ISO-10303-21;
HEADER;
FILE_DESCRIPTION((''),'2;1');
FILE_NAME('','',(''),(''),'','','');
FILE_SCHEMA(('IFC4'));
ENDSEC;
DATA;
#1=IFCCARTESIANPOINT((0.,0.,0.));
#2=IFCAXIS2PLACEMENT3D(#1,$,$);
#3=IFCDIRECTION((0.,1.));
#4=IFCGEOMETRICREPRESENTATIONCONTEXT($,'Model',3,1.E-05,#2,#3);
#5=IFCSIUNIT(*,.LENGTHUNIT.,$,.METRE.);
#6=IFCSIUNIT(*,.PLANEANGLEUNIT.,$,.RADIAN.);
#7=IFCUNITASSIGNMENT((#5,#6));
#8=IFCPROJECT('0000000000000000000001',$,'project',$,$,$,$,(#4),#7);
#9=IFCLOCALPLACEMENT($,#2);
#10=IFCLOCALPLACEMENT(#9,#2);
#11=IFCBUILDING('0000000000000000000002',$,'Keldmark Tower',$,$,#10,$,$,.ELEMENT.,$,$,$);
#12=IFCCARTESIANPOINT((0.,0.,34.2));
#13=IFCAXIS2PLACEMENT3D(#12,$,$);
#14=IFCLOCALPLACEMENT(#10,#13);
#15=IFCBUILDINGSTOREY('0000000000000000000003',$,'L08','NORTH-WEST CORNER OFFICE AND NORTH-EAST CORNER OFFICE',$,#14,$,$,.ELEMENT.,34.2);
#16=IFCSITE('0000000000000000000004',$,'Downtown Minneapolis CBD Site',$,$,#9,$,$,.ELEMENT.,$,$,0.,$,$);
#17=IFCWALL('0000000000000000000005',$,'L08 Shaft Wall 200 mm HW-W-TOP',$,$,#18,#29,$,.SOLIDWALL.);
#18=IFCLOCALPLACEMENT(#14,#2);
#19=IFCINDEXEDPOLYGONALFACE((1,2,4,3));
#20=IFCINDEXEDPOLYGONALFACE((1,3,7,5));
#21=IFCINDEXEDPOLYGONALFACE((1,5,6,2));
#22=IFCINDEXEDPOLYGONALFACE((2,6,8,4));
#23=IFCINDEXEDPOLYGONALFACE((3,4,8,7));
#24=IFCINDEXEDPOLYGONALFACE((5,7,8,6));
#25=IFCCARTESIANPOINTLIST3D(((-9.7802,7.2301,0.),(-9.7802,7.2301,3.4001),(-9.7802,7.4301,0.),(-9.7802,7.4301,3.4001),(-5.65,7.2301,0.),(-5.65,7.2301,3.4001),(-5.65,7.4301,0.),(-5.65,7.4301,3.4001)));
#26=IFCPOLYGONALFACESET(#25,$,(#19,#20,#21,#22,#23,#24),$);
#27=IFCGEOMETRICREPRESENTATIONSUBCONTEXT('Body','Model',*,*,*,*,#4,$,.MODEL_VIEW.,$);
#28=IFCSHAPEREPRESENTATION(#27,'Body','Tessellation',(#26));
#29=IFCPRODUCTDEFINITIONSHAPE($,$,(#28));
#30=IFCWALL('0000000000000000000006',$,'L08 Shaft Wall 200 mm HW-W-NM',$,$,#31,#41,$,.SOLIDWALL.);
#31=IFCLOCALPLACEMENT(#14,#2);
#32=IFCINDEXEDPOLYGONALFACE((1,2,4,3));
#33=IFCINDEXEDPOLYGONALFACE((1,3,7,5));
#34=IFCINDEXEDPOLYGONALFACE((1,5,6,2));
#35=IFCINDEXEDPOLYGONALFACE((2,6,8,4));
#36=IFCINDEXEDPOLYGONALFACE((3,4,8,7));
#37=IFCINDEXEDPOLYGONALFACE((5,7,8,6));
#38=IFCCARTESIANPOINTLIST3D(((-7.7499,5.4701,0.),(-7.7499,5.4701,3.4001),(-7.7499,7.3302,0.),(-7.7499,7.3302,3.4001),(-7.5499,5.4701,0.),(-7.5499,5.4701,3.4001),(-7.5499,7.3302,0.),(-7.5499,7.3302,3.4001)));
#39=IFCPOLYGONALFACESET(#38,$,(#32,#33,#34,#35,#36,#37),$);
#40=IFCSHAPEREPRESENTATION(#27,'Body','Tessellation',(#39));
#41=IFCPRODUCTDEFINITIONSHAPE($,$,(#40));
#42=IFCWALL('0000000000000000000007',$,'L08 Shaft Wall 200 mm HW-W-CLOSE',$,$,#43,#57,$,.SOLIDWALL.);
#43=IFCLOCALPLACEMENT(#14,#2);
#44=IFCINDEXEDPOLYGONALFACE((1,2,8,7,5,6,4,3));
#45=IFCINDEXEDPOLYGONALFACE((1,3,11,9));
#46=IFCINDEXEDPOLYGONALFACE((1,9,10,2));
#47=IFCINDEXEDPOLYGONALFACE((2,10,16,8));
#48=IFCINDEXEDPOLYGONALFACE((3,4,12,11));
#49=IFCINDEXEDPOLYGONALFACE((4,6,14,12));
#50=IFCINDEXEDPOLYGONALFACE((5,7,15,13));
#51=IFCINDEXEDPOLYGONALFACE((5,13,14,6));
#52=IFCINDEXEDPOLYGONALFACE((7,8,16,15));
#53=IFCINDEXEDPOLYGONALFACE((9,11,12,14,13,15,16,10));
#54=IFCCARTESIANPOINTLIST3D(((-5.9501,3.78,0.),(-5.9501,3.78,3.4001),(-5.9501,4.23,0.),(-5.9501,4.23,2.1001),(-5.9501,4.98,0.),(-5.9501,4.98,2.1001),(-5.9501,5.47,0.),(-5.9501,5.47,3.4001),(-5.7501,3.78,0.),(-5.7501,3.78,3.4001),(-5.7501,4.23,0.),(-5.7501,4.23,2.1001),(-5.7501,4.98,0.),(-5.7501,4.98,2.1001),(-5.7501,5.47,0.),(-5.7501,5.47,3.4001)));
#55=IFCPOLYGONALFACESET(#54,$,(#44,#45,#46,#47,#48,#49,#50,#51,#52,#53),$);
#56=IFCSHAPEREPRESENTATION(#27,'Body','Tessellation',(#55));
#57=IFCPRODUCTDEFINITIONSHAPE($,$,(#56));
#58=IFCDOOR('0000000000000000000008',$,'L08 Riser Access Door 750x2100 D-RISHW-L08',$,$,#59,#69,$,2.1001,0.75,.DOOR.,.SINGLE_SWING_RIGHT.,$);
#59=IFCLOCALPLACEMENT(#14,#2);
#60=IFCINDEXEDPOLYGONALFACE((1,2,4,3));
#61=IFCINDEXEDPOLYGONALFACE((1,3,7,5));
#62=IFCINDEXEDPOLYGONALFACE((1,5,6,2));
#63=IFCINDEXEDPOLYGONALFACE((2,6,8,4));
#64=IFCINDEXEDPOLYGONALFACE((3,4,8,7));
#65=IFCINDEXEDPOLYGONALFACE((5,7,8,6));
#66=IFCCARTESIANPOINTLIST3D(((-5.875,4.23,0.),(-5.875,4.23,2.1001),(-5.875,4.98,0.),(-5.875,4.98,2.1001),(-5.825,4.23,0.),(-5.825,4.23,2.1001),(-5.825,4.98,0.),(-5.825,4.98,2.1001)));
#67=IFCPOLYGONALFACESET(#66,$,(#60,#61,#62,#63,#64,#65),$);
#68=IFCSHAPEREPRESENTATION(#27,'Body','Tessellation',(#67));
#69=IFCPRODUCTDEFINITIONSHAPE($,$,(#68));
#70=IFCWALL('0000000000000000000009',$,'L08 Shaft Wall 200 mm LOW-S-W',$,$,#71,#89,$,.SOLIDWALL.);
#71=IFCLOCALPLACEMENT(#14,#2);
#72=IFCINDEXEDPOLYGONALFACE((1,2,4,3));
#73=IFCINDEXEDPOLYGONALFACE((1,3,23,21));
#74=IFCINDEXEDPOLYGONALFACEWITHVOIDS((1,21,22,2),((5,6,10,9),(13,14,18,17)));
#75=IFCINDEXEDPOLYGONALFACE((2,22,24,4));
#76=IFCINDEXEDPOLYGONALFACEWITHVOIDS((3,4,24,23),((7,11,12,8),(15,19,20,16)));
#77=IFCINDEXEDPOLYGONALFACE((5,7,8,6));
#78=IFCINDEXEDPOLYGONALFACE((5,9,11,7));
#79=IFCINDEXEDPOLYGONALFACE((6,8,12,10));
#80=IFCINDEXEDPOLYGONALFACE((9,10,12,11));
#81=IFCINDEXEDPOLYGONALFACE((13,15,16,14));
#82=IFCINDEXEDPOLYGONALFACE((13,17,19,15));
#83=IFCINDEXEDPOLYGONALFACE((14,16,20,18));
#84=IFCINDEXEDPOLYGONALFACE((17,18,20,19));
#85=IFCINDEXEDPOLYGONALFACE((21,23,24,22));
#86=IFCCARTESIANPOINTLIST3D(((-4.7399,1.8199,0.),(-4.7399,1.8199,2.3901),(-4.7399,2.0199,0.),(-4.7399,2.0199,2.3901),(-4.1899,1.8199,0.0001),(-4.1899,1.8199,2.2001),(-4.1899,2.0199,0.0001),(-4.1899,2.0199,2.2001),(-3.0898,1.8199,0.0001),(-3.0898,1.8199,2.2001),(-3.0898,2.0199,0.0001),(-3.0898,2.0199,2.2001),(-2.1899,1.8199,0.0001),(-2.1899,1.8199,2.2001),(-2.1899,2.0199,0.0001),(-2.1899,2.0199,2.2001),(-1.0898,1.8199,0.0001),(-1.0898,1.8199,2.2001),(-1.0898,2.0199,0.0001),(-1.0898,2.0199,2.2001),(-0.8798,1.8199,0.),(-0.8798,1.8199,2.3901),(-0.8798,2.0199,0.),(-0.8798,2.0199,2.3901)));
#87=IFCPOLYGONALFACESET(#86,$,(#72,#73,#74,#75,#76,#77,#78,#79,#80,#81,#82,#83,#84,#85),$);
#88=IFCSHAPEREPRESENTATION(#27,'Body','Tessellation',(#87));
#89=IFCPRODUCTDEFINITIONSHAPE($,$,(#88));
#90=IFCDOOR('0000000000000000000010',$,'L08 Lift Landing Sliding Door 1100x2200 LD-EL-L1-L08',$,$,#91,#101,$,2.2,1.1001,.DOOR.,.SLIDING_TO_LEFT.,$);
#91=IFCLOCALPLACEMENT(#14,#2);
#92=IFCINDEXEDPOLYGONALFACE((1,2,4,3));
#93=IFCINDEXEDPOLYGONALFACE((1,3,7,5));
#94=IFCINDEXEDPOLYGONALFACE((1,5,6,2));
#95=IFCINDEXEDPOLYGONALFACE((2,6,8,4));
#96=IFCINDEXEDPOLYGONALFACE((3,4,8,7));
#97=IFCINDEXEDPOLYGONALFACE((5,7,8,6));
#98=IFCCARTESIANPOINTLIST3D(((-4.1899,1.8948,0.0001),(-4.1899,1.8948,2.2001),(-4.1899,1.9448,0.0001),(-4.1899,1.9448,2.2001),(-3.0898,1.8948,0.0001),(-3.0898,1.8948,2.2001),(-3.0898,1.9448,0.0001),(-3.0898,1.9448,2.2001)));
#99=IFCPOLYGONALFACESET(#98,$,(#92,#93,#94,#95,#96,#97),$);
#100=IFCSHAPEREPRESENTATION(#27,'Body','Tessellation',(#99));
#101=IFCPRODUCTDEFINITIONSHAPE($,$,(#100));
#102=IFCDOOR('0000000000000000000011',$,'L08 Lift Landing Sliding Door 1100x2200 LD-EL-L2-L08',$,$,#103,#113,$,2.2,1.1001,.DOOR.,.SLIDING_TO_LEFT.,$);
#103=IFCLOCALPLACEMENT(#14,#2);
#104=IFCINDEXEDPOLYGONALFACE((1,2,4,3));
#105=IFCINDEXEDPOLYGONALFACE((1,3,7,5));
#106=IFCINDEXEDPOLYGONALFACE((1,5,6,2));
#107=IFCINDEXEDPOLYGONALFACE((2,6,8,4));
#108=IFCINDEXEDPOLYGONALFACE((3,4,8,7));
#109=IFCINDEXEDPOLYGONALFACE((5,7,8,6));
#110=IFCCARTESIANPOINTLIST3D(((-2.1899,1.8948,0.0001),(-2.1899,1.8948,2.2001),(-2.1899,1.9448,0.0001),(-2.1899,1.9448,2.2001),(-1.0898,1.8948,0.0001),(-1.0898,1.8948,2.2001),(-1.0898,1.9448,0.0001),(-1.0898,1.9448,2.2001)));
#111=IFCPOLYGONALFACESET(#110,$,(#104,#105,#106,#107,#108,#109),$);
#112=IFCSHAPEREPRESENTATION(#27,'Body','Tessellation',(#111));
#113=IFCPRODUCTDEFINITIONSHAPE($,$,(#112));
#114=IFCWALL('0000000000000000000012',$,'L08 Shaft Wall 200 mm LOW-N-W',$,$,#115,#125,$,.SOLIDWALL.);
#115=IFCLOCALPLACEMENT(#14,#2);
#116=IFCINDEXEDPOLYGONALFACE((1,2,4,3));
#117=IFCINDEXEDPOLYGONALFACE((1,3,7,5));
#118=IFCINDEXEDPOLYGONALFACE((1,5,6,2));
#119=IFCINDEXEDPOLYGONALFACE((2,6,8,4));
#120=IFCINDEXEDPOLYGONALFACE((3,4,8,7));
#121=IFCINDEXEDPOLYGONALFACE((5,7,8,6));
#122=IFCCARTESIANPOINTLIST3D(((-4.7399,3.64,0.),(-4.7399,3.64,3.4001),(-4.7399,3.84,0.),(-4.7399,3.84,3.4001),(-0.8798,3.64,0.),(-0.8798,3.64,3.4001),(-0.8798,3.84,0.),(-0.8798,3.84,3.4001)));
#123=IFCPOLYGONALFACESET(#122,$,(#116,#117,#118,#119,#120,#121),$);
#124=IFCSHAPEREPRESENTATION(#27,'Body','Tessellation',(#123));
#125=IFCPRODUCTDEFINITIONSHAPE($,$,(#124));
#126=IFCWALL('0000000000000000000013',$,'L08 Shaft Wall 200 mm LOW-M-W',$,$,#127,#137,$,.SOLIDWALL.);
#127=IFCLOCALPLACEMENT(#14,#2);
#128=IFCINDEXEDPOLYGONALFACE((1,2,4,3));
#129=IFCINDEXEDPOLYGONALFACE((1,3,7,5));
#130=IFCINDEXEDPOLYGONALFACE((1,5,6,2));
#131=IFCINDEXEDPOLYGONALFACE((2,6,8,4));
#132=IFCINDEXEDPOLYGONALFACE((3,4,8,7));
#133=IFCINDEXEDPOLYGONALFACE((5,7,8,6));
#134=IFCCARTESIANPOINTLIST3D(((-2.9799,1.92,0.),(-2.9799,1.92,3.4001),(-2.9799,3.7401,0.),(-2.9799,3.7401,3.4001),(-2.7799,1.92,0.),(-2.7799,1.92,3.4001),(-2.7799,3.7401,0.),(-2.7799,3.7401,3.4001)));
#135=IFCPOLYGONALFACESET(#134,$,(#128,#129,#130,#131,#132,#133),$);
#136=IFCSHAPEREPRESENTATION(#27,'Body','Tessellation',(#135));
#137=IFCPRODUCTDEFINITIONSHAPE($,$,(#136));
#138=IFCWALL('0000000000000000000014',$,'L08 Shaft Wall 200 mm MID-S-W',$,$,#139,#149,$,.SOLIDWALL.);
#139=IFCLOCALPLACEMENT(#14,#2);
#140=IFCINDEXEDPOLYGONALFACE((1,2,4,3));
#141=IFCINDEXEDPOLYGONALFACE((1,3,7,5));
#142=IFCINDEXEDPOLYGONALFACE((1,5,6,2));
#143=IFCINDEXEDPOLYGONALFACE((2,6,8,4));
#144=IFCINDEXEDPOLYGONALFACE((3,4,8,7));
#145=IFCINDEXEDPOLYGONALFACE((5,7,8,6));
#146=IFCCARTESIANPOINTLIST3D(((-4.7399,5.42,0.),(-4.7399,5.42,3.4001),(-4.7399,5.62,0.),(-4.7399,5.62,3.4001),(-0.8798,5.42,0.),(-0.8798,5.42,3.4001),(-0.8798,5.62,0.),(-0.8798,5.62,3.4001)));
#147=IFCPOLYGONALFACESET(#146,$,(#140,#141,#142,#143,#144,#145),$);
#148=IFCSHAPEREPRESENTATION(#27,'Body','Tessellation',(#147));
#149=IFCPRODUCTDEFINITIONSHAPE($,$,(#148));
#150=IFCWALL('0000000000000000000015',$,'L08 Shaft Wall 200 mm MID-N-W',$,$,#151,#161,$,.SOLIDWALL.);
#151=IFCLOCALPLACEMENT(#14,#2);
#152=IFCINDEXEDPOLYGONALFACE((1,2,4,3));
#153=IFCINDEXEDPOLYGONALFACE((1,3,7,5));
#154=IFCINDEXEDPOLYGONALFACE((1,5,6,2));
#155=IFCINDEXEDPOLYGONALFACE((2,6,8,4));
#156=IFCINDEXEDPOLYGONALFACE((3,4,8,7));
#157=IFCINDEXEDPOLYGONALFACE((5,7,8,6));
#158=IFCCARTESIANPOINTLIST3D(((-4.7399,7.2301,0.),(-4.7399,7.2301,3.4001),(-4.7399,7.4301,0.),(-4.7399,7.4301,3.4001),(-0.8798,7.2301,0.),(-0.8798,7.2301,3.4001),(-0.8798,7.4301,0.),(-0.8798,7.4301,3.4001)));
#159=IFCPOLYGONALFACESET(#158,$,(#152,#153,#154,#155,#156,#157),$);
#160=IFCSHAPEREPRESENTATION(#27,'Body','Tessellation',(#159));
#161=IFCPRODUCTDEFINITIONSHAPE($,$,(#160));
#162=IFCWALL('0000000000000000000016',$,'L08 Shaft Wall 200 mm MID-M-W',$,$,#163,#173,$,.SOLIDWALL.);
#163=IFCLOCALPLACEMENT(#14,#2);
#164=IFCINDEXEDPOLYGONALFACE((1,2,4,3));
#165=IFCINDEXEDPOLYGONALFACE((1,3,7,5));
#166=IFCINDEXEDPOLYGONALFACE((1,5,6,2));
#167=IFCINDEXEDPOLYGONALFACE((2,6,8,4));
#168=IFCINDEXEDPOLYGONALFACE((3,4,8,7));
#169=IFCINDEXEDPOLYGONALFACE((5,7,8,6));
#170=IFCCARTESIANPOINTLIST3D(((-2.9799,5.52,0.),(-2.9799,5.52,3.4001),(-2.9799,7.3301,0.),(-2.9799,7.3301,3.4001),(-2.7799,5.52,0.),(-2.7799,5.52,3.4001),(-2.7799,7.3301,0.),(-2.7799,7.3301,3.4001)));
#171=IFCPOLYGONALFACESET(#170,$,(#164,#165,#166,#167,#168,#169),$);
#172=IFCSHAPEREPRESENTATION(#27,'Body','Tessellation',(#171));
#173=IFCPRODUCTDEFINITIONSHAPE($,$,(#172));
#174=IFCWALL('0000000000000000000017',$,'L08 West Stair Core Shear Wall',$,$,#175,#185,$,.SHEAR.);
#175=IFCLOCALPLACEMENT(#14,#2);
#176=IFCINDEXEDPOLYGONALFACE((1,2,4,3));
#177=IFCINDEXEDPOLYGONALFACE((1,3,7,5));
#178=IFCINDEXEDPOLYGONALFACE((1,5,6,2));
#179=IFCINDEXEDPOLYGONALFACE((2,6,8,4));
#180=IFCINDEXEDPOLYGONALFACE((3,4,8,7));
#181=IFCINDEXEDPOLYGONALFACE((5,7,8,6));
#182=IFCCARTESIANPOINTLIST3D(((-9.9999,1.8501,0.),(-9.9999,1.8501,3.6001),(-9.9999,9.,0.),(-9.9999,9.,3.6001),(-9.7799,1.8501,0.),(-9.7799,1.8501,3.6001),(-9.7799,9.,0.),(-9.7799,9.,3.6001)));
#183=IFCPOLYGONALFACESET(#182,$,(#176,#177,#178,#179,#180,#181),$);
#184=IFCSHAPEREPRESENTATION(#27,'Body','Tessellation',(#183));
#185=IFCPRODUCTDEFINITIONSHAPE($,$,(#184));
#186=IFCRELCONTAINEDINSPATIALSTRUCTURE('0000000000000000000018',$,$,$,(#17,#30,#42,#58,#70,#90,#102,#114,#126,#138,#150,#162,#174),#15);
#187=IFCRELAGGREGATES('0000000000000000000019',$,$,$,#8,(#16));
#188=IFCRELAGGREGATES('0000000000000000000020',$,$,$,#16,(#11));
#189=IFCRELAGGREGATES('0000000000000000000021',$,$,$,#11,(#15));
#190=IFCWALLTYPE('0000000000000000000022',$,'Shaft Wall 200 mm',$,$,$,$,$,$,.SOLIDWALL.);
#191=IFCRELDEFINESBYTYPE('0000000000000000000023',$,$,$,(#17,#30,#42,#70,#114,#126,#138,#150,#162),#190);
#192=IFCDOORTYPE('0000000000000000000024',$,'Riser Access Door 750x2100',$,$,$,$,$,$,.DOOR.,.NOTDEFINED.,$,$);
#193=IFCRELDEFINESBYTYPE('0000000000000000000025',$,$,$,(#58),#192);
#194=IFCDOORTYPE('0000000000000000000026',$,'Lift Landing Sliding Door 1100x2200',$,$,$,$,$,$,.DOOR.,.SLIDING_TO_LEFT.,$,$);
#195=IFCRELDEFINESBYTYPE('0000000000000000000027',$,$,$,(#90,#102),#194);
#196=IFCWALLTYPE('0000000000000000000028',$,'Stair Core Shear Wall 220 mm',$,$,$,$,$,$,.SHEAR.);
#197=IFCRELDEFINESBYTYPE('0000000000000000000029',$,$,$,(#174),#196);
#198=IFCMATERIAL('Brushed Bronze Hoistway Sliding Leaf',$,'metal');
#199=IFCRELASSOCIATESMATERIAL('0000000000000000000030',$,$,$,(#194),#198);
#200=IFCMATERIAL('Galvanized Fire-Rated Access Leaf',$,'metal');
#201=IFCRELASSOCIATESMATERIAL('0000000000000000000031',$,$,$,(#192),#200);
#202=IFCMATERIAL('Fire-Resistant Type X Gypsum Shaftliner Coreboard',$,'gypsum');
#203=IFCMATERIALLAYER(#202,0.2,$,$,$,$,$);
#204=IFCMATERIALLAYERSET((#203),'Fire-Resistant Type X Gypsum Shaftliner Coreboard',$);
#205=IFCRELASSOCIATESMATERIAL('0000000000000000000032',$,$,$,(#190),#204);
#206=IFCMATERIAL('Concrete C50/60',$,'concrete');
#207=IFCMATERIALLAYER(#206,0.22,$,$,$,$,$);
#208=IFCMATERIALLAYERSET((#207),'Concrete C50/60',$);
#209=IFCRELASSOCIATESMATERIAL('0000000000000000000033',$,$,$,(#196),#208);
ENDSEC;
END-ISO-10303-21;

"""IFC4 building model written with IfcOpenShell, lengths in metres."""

from ifc_helpers import new_model, si_unit, direction, frame, frame_2d, origin, place, context, subcontext, project, spatial, rectangle, extrude, material, layer, layer_set, type_object, element, fill, save


model = new_model("IFC4")

# Units and contexts
model_context = context("Model", 3, precision=1e-05, world=origin(), true_north=direction((0.0, 1.0)))
body_context = subcontext(model_context, "Body", "Model", "MODEL_VIEW")
ifc_project = project(units=[si_unit("LENGTHUNIT", "METRE"), si_unit("PLANEANGLEUNIT", "RADIAN")], contexts=[model_context])

# Site, building, storey
site_placement = place(None, origin())
site = spatial("IfcSite", under=ifc_project, at=site_placement, Name="Downtown Minneapolis CBD Site", CompositionType="ELEMENT", RefElevation=0.0)
building_placement = place(site_placement, origin())
building = spatial("IfcBuilding", under=site, at=building_placement, Name="Keldmark Tower", CompositionType="ELEMENT")
storey_placement = place(building_placement, frame((0.0, 0.0, 34.2)))
storey = spatial("IfcBuildingStorey", under=building, at=storey_placement, Name="L08", Description="NORTH-WEST CORNER OFFICE AND NORTH-EAST CORNER OFFICE", CompositionType="ELEMENT", Elevation=34.2)

# Shared definitions
ifc_material_1 = material(Name="Brushed Bronze Hoistway Sliding Leaf", Category="metal")
door_type_1 = type_object("IfcDoorType", Name="Lift Landing Sliding Door 1100x2200", OperationType="SLIDING_TO_LEFT", PredefinedType="DOOR", material=ifc_material_1)

# Shared definitions
ifc_material_2 = material(Name="Galvanized Fire-Rated Access Leaf", Category="metal")
door_type_2 = type_object("IfcDoorType", Name="Riser Access Door 750x2100", OperationType="NOTDEFINED", PredefinedType="DOOR", material=ifc_material_2)

# Walls
ifc_material_3 = material(Name="Fire-Resistant Type X Gypsum Shaftliner Coreboard", Category="gypsum")
ifc_layer_1 = layer(ifc_material_3, 0.2)
ifc_layer_set_1 = layer_set([ifc_layer_1], Name="Fire-Resistant Type X Gypsum Shaftliner Coreboard")
wall_type_1 = type_object("IfcWallType", Name="Shaft Wall 200 mm", PredefinedType="SOLIDWALL", material=ifc_layer_set_1)
for number, where, z_axis, x_axis, name in (
    (1, (-9.78, 7.3301, 0.0), (0.0, 0.0, 1.0), (1.0, 0.0, 0.0), "L08 Shaft Wall 200 mm HW-W-TOP"),
):
    element("IfcWall", number, at=place(storey_placement, frame(where, z_axis=z_axis, x_axis=x_axis)), inside=storey, type_object=wall_type_1, Name=name, PredefinedType="SOLIDWALL", context=body_context, shape_type="SweptSolid", body=[
        extrude(rectangle(XDim=4.1301, YDim=0.2, at=frame_2d((2.0649, 0.0))), origin(), (0.0, 0.0, 1.0), 3.4001),
    ])
wall_1_placement = place(storey_placement, frame((-7.6499, 5.47, 0.0), z_axis=(0.0, 0.0, 1.0), x_axis=(0.0, 1.0, 0.0)))
element("IfcWall", 2, at=wall_1_placement, inside=storey, type_object=wall_type_1, Name="L08 Shaft Wall 200 mm HW-W-NM", PredefinedType="SOLIDWALL", context=body_context, shape_type="SweptSolid", body=[
    extrude(rectangle(XDim=1.8601, YDim=0.2, at=frame_2d((0.9302, 0.0))), origin(), (0.0, 0.0, 1.0), 3.4001),
])

# Wall, opening, door
wall_2_placement = place(storey_placement, frame((-5.8501, 3.78, 0.0), z_axis=(0.0, 0.0, 1.0), x_axis=(0.0, 1.0, 0.0)))
wall_2 = element("IfcWall", 3, at=wall_2_placement, inside=storey, type_object=wall_type_1, Name="L08 Shaft Wall 200 mm HW-W-CLOSE", PredefinedType="SOLIDWALL", context=body_context, shape_type="SweptSolid", body=[
    extrude(rectangle(XDim=1.6899, YDim=0.2, at=frame_2d((0.845, 0.0))), origin(), (0.0, 0.0, 1.0), 3.4001),
])
opening_1_placement = place(wall_2_placement, frame((0.45, 0.0, 0.0)))
opening_1 = element("IfcOpeningElement", 4, at=opening_1_placement, cuts=wall_2, PredefinedType="OPENING", context=body_context, shape_type="SweptSolid", body=[
    extrude(rectangle(XDim=0.75, YDim=2.1001, at=frame_2d((0.375, 1.05))), frame((0.0, 0.1099, 0.0), z_axis=(0.0, -1.0, 0.0), x_axis=(1.0, 0.0, 0.0)), (0.0, 0.0, 1.0), 0.22),
])
door_1_placement = place(opening_1_placement, origin())
door_1 = element("IfcDoor", 5, at=door_1_placement, inside=storey, type_object=door_type_2, Name="L08 Riser Access Door 750x2100 D-RISHW-L08", OperationType="SINGLE_SWING_RIGHT", OverallHeight=2.1001, OverallWidth=0.75, PredefinedType="DOOR", context=body_context, shape_type="SweptSolid", body=[
    extrude(rectangle(XDim=0.75, YDim=2.1001, at=frame_2d((0.375, 1.05))), frame((0.0, 0.0249, 0.0), z_axis=(0.0, -1.0, 0.0), x_axis=(1.0, 0.0, 0.0)), (0.0, 0.0, 1.0), 0.05),
])
fill(opening_1, door_1)

# Wall, openings, doors
wall_3_placement = place(storey_placement, frame((-4.74, 1.9199, 0.0), z_axis=(0.0, 0.0, 1.0), x_axis=(1.0, 0.0, 0.0)))
wall_3 = element("IfcWall", 6, at=wall_3_placement, inside=storey, type_object=wall_type_1, Name="L08 Shaft Wall 200 mm LOW-S-W", PredefinedType="SOLIDWALL", context=body_context, shape_type="SweptSolid", body=[
    extrude(rectangle(XDim=3.8601, YDim=0.2, at=frame_2d((1.9302, 0.0))), origin(), (0.0, 0.0, 1.0), 2.3901),
])
opening_2_placement = place(wall_3_placement, frame((0.55, 0.0, 0.0)))
opening_2 = element("IfcOpeningElement", 7, at=opening_2_placement, cuts=wall_3, PredefinedType="OPENING", context=body_context, shape_type="SweptSolid", body=[
    extrude(rectangle(XDim=1.1001, YDim=2.2, at=frame_2d((0.55, 1.1001))), frame((0.0, 0.1099, 0.0), z_axis=(0.0, -1.0, 0.0), x_axis=(1.0, 0.0, 0.0)), (0.0, 0.0, 1.0), 0.22),
])
opening_3_placement = place(wall_3_placement, frame((2.55, 0.0, 0.0)))
opening_3 = element("IfcOpeningElement", 8, at=opening_3_placement, cuts=wall_3, PredefinedType="OPENING", context=body_context, shape_type="SweptSolid", body=[
    extrude(rectangle(XDim=1.1001, YDim=2.2, at=frame_2d((0.55, 1.1001))), frame((0.0, 0.1099, 0.0), z_axis=(0.0, -1.0, 0.0), x_axis=(1.0, 0.0, 0.0)), (0.0, 0.0, 1.0), 0.22),
])
door_2_placement = place(opening_2_placement, origin())
door_2 = element("IfcDoor", 9, at=door_2_placement, inside=storey, type_object=door_type_1, Name="L08 Lift Landing Sliding Door 1100x2200 LD-EL-L1-L08", OperationType="SLIDING_TO_LEFT", OverallHeight=2.2, OverallWidth=1.1001, PredefinedType="DOOR", context=body_context, shape_type="SweptSolid", body=[
    extrude(rectangle(XDim=1.1001, YDim=2.2, at=frame_2d((0.55, 1.1001))), frame((0.0, 0.0249, 0.0), z_axis=(0.0, -1.0, 0.0), x_axis=(1.0, 0.0, 0.0)), (0.0, 0.0, 1.0), 0.05),
])
fill(opening_2, door_2)
door_3_placement = place(opening_3_placement, origin())
door_3 = element("IfcDoor", 10, at=door_3_placement, inside=storey, type_object=door_type_1, Name="L08 Lift Landing Sliding Door 1100x2200 LD-EL-L2-L08", OperationType="SLIDING_TO_LEFT", OverallHeight=2.2, OverallWidth=1.1001, PredefinedType="DOOR", context=body_context, shape_type="SweptSolid", body=[
    extrude(rectangle(XDim=1.1001, YDim=2.2, at=frame_2d((0.55, 1.1001))), frame((0.0, 0.0249, 0.0), z_axis=(0.0, -1.0, 0.0), x_axis=(1.0, 0.0, 0.0)), (0.0, 0.0, 1.0), 0.05),
])
fill(opening_3, door_3)

# Walls
wall_4_placement = place(storey_placement, frame((-4.74, 3.74, 0.0), z_axis=(0.0, 0.0, 1.0), x_axis=(1.0, 0.0, 0.0)))
element("IfcWall", 11, at=wall_4_placement, inside=storey, type_object=wall_type_1, Name="L08 Shaft Wall 200 mm LOW-N-W", PredefinedType="SOLIDWALL", context=body_context, shape_type="SweptSolid", body=[
    extrude(rectangle(XDim=3.8601, YDim=0.2, at=frame_2d((1.9302, 0.0))), origin(), (0.0, 0.0, 1.0), 3.4001),
])
wall_5_placement = place(storey_placement, frame((-2.8799, 1.9199, 0.0), z_axis=(0.0, 0.0, 1.0), x_axis=(0.0, 1.0, 0.0)))
element("IfcWall", 12, at=wall_5_placement, inside=storey, type_object=wall_type_1, Name="L08 Shaft Wall 200 mm LOW-M-W", PredefinedType="SOLIDWALL", context=body_context, shape_type="SweptSolid", body=[
    extrude(rectangle(XDim=1.8201, YDim=0.2, at=frame_2d((0.9102, 0.0))), origin(), (0.0, 0.0, 1.0), 3.4001),
])
for number, where, z_axis, x_axis, name in (
    (13, (-4.74, 5.52, 0.0), (0.0, 0.0, 1.0), (1.0, 0.0, 0.0), "L08 Shaft Wall 200 mm MID-S-W"),
    (14, (-4.74, 7.3301, 0.0), (0.0, 0.0, 1.0), (1.0, 0.0, 0.0), "L08 Shaft Wall 200 mm MID-N-W"),
):
    element("IfcWall", number, at=place(storey_placement, frame(where, z_axis=z_axis, x_axis=x_axis)), inside=storey, type_object=wall_type_1, Name=name, PredefinedType="SOLIDWALL", context=body_context, shape_type="SweptSolid", body=[
        extrude(rectangle(XDim=3.8601, YDim=0.2, at=frame_2d((1.9302, 0.0))), origin(), (0.0, 0.0, 1.0), 3.4001),
    ])
wall_6_placement = place(storey_placement, frame((-2.8799, 5.52, 0.0), z_axis=(0.0, 0.0, 1.0), x_axis=(0.0, 1.0, 0.0)))
element("IfcWall", 15, at=wall_6_placement, inside=storey, type_object=wall_type_1, Name="L08 Shaft Wall 200 mm MID-M-W", PredefinedType="SOLIDWALL", context=body_context, shape_type="SweptSolid", body=[
    extrude(rectangle(XDim=1.8101, YDim=0.2, at=frame_2d((0.905, 0.0))), origin(), (0.0, 0.0, 1.0), 3.4001),
])
ifc_material_4 = material(Name="Concrete C50/60", Category="concrete")
ifc_layer_2 = layer(ifc_material_4, 0.22)
ifc_layer_set_2 = layer_set([ifc_layer_2], Name="Concrete C50/60")
wall_type_2 = type_object("IfcWallType", Name="Stair Core Shear Wall 220 mm", PredefinedType="SHEAR", material=ifc_layer_set_2)
wall_7_placement = place(storey_placement, frame((-9.8899, 1.8501, 0.0), z_axis=(0.0, 0.0, 1.0), x_axis=(0.0, 1.0, 0.0)))
element("IfcWall", 16, at=wall_7_placement, inside=storey, type_object=wall_type_2, Name="L08 West Stair Core Shear Wall", PredefinedType="SHEAR", context=body_context, shape_type="SweptSolid", body=[
    extrude(rectangle(XDim=7.1499, YDim=0.22, at=frame_2d((3.575, 0.0))), origin(), (0.0, 0.0, 1.0), 3.6001),
])

save(model, "model.ifc")
